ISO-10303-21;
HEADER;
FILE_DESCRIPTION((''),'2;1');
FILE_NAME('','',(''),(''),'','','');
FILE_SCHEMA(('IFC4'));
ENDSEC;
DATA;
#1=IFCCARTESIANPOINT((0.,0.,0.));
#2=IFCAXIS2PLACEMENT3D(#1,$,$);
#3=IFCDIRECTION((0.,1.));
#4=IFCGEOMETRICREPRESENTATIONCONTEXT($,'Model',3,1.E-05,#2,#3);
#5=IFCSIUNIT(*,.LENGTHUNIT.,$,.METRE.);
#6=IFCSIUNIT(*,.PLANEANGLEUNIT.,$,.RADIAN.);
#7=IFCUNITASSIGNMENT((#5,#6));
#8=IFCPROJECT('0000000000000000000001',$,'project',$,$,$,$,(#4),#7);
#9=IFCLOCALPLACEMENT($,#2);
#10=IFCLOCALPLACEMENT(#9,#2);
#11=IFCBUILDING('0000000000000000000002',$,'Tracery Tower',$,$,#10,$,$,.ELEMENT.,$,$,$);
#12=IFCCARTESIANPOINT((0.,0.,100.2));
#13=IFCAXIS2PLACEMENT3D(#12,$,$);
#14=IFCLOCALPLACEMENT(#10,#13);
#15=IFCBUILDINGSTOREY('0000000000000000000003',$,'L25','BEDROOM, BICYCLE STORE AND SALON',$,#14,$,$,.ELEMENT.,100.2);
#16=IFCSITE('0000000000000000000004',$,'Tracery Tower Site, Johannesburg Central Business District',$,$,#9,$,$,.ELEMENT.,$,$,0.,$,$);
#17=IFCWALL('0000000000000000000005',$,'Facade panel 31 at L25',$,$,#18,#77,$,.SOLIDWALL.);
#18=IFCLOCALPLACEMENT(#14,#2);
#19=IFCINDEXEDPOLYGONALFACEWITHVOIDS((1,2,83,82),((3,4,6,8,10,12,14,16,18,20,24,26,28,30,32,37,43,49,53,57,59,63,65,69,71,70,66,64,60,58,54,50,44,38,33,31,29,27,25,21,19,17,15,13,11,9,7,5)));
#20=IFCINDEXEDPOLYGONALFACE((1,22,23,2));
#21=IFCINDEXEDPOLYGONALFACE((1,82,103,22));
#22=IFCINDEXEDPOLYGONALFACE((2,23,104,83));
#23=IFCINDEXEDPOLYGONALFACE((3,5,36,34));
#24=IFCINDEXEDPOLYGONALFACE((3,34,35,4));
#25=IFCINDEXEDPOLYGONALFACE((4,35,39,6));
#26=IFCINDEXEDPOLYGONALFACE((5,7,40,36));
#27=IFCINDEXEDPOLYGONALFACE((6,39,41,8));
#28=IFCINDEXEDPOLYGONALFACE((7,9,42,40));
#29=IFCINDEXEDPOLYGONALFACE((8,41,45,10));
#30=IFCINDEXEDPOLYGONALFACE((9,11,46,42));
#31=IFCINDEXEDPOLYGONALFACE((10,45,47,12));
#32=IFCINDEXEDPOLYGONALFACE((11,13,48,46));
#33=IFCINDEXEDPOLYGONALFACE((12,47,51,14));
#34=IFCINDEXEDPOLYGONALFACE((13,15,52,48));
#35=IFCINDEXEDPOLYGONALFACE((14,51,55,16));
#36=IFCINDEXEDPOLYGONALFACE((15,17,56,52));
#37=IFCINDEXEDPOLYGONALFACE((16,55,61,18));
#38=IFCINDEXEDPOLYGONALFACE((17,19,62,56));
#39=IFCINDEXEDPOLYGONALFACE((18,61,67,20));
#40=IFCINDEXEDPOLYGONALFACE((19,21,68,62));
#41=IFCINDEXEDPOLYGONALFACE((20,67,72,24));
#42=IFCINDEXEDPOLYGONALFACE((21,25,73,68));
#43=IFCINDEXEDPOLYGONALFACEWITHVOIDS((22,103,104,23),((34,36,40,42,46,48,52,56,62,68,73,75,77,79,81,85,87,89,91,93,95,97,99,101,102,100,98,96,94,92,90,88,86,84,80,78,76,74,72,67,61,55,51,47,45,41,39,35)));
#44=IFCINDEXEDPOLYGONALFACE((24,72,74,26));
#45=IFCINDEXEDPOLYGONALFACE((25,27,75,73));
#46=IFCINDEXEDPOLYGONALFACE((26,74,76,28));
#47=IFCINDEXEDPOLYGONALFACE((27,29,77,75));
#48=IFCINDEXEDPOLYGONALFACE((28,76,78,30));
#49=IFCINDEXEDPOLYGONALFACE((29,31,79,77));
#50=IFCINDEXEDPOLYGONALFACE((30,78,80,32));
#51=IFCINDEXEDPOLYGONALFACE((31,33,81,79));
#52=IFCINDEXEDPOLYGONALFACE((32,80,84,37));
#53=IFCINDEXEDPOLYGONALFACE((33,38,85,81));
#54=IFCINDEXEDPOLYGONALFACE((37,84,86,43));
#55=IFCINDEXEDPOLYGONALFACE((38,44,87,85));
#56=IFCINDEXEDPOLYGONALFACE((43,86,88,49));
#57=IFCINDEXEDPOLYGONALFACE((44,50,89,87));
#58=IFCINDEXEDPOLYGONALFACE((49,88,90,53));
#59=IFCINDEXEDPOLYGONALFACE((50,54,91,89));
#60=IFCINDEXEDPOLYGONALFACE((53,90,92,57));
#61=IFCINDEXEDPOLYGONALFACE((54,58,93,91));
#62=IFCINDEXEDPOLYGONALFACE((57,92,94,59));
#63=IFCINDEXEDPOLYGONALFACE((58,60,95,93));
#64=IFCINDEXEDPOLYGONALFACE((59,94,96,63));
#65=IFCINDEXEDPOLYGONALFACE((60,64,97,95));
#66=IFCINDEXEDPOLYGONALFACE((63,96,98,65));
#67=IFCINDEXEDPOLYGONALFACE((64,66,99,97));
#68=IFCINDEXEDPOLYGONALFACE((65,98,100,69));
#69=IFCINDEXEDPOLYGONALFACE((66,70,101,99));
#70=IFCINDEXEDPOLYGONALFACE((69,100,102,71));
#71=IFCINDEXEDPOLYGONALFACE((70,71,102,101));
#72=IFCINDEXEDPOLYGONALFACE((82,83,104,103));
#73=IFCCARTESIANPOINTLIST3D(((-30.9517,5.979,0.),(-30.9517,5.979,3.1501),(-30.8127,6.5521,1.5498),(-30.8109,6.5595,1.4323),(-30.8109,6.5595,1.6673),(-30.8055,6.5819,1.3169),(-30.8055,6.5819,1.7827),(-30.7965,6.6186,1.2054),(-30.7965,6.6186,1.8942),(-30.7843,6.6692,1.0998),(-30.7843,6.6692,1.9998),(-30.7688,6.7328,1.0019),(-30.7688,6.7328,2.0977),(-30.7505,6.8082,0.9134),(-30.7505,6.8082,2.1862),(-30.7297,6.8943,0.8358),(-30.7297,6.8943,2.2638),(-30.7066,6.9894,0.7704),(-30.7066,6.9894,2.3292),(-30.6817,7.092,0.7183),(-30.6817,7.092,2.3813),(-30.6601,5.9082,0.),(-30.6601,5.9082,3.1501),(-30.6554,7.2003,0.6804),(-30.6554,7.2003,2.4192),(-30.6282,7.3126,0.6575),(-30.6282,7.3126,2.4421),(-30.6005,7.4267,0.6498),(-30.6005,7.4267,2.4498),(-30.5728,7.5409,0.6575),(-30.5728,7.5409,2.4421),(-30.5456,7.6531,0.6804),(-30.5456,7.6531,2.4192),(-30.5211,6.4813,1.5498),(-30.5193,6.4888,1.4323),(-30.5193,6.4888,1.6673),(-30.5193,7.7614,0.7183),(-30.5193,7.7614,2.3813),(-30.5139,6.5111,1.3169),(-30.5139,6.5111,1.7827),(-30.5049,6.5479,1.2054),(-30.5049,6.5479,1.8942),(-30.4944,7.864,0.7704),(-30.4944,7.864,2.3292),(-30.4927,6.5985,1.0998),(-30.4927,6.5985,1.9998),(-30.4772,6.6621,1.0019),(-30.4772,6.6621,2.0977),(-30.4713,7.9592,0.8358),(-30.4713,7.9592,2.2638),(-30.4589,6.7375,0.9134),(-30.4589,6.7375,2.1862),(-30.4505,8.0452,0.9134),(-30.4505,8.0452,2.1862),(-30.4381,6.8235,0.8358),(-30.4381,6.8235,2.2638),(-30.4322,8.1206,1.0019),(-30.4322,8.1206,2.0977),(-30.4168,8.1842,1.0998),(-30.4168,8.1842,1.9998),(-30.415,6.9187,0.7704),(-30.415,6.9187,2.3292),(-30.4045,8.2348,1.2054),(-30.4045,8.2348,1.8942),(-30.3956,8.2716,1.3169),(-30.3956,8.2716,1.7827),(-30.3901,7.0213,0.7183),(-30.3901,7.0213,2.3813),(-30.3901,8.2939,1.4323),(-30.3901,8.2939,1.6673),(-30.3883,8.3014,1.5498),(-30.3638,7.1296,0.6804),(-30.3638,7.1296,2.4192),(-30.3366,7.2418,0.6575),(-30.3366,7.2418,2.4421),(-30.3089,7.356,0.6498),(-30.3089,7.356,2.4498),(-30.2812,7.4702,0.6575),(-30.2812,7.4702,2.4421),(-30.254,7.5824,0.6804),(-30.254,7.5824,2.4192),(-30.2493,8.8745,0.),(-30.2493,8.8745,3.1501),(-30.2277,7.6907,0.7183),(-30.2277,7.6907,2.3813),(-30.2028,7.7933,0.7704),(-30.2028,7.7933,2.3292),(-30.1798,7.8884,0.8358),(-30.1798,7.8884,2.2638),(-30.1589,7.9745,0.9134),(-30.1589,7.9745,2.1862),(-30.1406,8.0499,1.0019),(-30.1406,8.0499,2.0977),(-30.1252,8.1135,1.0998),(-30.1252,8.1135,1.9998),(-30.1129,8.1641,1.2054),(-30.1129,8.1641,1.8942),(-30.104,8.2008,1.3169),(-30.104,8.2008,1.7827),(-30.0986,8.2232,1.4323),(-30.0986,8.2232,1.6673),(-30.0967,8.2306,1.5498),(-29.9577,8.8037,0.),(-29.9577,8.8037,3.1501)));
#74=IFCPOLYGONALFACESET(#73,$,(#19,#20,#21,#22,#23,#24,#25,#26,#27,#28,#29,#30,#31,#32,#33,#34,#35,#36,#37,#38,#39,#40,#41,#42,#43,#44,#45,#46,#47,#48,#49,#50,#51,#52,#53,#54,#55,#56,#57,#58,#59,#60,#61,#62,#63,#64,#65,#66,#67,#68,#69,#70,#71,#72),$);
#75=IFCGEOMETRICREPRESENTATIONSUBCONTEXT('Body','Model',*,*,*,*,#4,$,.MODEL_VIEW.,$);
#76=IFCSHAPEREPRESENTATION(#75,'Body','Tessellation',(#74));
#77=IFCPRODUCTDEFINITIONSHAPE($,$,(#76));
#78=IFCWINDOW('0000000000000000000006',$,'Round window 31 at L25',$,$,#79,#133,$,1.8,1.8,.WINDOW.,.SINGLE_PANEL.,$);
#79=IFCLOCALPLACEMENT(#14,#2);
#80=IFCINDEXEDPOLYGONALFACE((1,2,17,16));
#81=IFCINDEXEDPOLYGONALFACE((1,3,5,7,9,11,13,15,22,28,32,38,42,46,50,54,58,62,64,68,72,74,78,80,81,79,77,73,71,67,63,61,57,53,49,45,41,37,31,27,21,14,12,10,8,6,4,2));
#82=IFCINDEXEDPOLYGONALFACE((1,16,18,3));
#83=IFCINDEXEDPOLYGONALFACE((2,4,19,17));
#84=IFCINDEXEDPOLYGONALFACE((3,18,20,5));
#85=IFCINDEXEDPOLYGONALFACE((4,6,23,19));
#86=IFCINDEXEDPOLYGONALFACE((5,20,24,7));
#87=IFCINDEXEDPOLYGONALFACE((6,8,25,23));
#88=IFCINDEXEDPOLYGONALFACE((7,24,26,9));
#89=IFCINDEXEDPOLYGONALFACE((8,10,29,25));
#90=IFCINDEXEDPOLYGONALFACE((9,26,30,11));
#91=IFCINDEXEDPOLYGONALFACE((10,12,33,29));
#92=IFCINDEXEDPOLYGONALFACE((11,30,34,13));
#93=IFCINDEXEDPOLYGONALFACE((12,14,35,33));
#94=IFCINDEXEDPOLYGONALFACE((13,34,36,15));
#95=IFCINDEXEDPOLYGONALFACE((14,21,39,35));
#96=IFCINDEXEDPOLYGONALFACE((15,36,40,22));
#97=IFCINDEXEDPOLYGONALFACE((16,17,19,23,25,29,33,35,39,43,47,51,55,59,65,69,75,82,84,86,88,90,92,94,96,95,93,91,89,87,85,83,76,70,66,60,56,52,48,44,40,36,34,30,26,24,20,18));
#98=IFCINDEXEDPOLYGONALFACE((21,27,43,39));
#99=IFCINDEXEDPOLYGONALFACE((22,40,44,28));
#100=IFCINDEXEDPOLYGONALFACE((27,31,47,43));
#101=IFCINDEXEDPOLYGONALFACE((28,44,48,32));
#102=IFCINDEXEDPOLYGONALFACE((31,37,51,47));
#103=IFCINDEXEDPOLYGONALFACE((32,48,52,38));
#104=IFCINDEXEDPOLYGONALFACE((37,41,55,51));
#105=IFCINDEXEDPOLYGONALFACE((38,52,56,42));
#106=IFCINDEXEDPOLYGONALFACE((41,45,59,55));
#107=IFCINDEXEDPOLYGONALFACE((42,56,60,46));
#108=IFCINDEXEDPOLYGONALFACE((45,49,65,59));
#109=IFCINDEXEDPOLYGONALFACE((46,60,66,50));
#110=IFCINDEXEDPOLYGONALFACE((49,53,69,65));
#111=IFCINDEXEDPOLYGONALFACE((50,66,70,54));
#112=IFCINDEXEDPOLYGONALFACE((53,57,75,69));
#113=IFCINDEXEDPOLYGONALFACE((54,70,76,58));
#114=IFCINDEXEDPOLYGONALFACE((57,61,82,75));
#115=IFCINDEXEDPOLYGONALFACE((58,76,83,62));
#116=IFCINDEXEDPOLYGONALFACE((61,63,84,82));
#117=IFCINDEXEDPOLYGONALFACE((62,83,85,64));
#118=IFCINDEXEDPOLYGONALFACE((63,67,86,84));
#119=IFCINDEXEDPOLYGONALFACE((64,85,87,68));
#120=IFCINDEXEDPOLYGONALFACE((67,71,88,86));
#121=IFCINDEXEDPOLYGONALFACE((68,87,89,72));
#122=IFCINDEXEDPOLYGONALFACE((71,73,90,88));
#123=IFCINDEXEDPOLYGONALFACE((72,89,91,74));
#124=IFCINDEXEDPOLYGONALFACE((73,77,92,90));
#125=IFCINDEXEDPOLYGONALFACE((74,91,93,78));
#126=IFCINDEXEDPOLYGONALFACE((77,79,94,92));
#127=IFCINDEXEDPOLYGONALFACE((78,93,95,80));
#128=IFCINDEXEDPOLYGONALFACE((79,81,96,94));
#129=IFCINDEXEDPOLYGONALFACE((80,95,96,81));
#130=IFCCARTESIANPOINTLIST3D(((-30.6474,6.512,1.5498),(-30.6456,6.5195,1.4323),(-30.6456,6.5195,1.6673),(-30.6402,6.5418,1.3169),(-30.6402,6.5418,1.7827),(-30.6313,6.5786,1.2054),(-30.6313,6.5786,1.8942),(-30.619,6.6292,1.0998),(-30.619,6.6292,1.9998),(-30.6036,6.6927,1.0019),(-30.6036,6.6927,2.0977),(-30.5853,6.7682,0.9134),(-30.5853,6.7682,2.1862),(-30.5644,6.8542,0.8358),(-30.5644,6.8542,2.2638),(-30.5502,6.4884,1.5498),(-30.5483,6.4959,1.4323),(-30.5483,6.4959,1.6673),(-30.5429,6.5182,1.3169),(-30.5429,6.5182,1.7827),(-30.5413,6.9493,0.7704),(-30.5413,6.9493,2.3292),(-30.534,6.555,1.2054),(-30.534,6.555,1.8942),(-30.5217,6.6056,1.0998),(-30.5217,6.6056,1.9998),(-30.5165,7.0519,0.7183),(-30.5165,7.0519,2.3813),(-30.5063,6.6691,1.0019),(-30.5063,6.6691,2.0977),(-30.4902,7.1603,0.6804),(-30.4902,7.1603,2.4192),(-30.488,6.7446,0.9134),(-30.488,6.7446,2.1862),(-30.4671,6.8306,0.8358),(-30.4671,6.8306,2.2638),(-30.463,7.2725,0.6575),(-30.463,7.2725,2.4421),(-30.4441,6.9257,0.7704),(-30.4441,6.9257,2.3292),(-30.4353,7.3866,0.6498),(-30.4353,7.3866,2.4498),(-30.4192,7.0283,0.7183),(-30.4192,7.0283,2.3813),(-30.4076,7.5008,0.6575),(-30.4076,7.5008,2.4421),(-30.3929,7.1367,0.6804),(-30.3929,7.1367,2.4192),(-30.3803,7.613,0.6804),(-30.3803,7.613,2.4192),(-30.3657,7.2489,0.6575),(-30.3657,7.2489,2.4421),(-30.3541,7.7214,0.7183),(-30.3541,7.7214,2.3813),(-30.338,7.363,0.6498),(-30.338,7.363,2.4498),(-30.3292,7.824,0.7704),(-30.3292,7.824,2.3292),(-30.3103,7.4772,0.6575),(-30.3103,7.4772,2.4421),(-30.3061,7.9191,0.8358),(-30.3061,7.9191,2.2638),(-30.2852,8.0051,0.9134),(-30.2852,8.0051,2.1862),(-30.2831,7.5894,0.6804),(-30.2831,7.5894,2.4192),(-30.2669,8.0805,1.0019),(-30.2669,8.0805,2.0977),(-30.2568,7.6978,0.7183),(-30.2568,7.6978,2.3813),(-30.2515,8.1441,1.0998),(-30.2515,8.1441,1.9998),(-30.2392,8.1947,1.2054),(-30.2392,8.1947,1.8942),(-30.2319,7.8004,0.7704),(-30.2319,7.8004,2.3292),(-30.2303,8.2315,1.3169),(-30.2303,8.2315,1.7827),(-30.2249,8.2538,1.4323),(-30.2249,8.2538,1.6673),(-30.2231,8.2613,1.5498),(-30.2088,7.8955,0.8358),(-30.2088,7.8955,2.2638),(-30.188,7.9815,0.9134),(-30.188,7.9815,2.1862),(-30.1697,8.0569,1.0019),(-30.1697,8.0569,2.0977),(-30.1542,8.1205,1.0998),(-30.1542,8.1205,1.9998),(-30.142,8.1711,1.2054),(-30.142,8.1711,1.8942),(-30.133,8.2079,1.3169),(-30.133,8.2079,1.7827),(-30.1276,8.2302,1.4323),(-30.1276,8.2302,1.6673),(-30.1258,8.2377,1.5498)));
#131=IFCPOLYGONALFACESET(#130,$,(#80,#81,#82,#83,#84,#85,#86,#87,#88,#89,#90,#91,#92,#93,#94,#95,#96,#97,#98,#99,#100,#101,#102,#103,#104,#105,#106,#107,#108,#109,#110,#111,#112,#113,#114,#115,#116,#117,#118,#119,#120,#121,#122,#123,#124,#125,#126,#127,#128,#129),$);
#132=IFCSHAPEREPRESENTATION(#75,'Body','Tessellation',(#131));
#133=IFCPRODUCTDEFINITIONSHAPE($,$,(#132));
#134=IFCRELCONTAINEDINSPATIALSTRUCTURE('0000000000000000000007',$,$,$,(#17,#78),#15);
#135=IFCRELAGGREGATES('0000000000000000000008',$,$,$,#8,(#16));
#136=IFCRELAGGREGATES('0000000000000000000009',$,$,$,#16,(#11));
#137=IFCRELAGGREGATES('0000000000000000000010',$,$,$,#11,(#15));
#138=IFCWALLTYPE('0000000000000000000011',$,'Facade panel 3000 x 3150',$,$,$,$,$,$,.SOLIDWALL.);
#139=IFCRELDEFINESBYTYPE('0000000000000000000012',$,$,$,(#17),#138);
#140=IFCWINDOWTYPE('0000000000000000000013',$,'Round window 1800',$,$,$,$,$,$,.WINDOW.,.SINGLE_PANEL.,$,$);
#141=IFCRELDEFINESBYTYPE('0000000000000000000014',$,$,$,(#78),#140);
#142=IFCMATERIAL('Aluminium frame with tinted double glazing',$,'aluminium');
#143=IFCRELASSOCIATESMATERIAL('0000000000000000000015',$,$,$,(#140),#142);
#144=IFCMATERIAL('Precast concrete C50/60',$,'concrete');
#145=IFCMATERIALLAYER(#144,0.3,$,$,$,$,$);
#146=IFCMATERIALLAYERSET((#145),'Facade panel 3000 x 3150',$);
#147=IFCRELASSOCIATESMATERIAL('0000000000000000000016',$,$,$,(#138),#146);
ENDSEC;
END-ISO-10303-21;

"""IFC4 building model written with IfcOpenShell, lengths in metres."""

from ifc_helpers import new_model, si_unit, direction, frame, frame_2d, origin, origin_2d, place, context, subcontext, project, spatial, rectangle, circle, extrude, material, layer, layer_set, type_object, element, fill, save


model = new_model("IFC4")

# Units and contexts
model_context = context("Model", 3, precision=1e-05, world=origin(), true_north=direction((0.0, 1.0)))
body_context = subcontext(model_context, "Body", "Model", "MODEL_VIEW")
ifc_project = project(units=[si_unit("LENGTHUNIT", "METRE"), si_unit("PLANEANGLEUNIT", "RADIAN")], contexts=[model_context])

# Site, building, storey
site_placement = place(None, origin())
site = spatial("IfcSite", under=ifc_project, at=site_placement, Name="Tracery Tower Site, Johannesburg Central Business District", CompositionType="ELEMENT", RefElevation=0.0)
building_placement = place(site_placement, origin())
building = spatial("IfcBuilding", under=site, at=building_placement, Name="Tracery Tower", CompositionType="ELEMENT")
storey_placement = place(building_placement, frame((0.0, 0.0, 100.2)))
storey = spatial("IfcBuildingStorey", under=building, at=storey_placement, Name="L25", Description="BEDROOM, BICYCLE STORE AND SALON", CompositionType="ELEMENT", Elevation=100.2)

# Wall, opening, window
ifc_material_1 = material(Name="Aluminium frame with tinted double glazing", Category="aluminium")
window_type = type_object("IfcWindowType", Name="Round window 1800", PartitioningType="SINGLE_PANEL", PredefinedType="WINDOW", material=ifc_material_1)
ifc_material_2 = material(Name="Precast concrete C50/60", Category="concrete")
ifc_layer_1 = layer(ifc_material_2, 0.3)
ifc_layer_set_1 = layer_set([ifc_layer_1], Name="Facade panel 3000 x 3150")
wall_type_1 = type_object("IfcWallType", Name="Facade panel 3000 x 3150", PredefinedType="SOLIDWALL", material=ifc_layer_set_1)
wall_1_placement = place(storey_placement, frame((-30.1035, 8.8391, 0.0), z_axis=(0.0, 0.0, 1.0), x_axis=(-0.235743, -0.971815, 0.0)))
wall_1 = element("IfcWall", 1, at=wall_1_placement, inside=storey, type_object=wall_type_1, Name="Facade panel 31 at L25", PredefinedType="SOLIDWALL", context=body_context, shape_type="SweptSolid", body=[
    extrude(rectangle(XDim=2.9795, YDim=0.3, at=frame_2d((1.4897, 0.0))), origin(), (0.0, 0.0, 1.0), 3.1501),
])
opening_1_placement = place(wall_1_placement, frame((1.4897, 0.0, 1.5498)))
opening_1 = element("IfcOpeningElement", 2, at=opening_1_placement, cuts=wall_1, PredefinedType="OPENING", context=body_context, shape_type="SweptSolid", body=[
    extrude(circle(Radius=0.9, at=origin_2d()), frame((0.0, 0.1599, 0.0), z_axis=(0.0, -1.0, 0.0), x_axis=(1.0, 0.0, 0.0)), (0.0, 0.0, 1.0), 0.3201),
])
window_1_placement = place(opening_1_placement, origin())
window_1 = element("IfcWindow", 3, at=window_1_placement, inside=storey, type_object=window_type, Name="Round window 31 at L25", OverallHeight=1.8, OverallWidth=1.8, PartitioningType="SINGLE_PANEL", PredefinedType="WINDOW", context=body_context, shape_type="SweptSolid", body=[
    extrude(circle(Radius=0.9, at=origin_2d()), frame((0.0, 0.1201, 0.0), z_axis=(0.0, -1.0, 0.0), x_axis=(1.0, 0.0, 0.0)), (0.0, 0.0, 1.0), 0.1001),
])
fill(opening_1, window_1)

save(model, "model.ifc")
